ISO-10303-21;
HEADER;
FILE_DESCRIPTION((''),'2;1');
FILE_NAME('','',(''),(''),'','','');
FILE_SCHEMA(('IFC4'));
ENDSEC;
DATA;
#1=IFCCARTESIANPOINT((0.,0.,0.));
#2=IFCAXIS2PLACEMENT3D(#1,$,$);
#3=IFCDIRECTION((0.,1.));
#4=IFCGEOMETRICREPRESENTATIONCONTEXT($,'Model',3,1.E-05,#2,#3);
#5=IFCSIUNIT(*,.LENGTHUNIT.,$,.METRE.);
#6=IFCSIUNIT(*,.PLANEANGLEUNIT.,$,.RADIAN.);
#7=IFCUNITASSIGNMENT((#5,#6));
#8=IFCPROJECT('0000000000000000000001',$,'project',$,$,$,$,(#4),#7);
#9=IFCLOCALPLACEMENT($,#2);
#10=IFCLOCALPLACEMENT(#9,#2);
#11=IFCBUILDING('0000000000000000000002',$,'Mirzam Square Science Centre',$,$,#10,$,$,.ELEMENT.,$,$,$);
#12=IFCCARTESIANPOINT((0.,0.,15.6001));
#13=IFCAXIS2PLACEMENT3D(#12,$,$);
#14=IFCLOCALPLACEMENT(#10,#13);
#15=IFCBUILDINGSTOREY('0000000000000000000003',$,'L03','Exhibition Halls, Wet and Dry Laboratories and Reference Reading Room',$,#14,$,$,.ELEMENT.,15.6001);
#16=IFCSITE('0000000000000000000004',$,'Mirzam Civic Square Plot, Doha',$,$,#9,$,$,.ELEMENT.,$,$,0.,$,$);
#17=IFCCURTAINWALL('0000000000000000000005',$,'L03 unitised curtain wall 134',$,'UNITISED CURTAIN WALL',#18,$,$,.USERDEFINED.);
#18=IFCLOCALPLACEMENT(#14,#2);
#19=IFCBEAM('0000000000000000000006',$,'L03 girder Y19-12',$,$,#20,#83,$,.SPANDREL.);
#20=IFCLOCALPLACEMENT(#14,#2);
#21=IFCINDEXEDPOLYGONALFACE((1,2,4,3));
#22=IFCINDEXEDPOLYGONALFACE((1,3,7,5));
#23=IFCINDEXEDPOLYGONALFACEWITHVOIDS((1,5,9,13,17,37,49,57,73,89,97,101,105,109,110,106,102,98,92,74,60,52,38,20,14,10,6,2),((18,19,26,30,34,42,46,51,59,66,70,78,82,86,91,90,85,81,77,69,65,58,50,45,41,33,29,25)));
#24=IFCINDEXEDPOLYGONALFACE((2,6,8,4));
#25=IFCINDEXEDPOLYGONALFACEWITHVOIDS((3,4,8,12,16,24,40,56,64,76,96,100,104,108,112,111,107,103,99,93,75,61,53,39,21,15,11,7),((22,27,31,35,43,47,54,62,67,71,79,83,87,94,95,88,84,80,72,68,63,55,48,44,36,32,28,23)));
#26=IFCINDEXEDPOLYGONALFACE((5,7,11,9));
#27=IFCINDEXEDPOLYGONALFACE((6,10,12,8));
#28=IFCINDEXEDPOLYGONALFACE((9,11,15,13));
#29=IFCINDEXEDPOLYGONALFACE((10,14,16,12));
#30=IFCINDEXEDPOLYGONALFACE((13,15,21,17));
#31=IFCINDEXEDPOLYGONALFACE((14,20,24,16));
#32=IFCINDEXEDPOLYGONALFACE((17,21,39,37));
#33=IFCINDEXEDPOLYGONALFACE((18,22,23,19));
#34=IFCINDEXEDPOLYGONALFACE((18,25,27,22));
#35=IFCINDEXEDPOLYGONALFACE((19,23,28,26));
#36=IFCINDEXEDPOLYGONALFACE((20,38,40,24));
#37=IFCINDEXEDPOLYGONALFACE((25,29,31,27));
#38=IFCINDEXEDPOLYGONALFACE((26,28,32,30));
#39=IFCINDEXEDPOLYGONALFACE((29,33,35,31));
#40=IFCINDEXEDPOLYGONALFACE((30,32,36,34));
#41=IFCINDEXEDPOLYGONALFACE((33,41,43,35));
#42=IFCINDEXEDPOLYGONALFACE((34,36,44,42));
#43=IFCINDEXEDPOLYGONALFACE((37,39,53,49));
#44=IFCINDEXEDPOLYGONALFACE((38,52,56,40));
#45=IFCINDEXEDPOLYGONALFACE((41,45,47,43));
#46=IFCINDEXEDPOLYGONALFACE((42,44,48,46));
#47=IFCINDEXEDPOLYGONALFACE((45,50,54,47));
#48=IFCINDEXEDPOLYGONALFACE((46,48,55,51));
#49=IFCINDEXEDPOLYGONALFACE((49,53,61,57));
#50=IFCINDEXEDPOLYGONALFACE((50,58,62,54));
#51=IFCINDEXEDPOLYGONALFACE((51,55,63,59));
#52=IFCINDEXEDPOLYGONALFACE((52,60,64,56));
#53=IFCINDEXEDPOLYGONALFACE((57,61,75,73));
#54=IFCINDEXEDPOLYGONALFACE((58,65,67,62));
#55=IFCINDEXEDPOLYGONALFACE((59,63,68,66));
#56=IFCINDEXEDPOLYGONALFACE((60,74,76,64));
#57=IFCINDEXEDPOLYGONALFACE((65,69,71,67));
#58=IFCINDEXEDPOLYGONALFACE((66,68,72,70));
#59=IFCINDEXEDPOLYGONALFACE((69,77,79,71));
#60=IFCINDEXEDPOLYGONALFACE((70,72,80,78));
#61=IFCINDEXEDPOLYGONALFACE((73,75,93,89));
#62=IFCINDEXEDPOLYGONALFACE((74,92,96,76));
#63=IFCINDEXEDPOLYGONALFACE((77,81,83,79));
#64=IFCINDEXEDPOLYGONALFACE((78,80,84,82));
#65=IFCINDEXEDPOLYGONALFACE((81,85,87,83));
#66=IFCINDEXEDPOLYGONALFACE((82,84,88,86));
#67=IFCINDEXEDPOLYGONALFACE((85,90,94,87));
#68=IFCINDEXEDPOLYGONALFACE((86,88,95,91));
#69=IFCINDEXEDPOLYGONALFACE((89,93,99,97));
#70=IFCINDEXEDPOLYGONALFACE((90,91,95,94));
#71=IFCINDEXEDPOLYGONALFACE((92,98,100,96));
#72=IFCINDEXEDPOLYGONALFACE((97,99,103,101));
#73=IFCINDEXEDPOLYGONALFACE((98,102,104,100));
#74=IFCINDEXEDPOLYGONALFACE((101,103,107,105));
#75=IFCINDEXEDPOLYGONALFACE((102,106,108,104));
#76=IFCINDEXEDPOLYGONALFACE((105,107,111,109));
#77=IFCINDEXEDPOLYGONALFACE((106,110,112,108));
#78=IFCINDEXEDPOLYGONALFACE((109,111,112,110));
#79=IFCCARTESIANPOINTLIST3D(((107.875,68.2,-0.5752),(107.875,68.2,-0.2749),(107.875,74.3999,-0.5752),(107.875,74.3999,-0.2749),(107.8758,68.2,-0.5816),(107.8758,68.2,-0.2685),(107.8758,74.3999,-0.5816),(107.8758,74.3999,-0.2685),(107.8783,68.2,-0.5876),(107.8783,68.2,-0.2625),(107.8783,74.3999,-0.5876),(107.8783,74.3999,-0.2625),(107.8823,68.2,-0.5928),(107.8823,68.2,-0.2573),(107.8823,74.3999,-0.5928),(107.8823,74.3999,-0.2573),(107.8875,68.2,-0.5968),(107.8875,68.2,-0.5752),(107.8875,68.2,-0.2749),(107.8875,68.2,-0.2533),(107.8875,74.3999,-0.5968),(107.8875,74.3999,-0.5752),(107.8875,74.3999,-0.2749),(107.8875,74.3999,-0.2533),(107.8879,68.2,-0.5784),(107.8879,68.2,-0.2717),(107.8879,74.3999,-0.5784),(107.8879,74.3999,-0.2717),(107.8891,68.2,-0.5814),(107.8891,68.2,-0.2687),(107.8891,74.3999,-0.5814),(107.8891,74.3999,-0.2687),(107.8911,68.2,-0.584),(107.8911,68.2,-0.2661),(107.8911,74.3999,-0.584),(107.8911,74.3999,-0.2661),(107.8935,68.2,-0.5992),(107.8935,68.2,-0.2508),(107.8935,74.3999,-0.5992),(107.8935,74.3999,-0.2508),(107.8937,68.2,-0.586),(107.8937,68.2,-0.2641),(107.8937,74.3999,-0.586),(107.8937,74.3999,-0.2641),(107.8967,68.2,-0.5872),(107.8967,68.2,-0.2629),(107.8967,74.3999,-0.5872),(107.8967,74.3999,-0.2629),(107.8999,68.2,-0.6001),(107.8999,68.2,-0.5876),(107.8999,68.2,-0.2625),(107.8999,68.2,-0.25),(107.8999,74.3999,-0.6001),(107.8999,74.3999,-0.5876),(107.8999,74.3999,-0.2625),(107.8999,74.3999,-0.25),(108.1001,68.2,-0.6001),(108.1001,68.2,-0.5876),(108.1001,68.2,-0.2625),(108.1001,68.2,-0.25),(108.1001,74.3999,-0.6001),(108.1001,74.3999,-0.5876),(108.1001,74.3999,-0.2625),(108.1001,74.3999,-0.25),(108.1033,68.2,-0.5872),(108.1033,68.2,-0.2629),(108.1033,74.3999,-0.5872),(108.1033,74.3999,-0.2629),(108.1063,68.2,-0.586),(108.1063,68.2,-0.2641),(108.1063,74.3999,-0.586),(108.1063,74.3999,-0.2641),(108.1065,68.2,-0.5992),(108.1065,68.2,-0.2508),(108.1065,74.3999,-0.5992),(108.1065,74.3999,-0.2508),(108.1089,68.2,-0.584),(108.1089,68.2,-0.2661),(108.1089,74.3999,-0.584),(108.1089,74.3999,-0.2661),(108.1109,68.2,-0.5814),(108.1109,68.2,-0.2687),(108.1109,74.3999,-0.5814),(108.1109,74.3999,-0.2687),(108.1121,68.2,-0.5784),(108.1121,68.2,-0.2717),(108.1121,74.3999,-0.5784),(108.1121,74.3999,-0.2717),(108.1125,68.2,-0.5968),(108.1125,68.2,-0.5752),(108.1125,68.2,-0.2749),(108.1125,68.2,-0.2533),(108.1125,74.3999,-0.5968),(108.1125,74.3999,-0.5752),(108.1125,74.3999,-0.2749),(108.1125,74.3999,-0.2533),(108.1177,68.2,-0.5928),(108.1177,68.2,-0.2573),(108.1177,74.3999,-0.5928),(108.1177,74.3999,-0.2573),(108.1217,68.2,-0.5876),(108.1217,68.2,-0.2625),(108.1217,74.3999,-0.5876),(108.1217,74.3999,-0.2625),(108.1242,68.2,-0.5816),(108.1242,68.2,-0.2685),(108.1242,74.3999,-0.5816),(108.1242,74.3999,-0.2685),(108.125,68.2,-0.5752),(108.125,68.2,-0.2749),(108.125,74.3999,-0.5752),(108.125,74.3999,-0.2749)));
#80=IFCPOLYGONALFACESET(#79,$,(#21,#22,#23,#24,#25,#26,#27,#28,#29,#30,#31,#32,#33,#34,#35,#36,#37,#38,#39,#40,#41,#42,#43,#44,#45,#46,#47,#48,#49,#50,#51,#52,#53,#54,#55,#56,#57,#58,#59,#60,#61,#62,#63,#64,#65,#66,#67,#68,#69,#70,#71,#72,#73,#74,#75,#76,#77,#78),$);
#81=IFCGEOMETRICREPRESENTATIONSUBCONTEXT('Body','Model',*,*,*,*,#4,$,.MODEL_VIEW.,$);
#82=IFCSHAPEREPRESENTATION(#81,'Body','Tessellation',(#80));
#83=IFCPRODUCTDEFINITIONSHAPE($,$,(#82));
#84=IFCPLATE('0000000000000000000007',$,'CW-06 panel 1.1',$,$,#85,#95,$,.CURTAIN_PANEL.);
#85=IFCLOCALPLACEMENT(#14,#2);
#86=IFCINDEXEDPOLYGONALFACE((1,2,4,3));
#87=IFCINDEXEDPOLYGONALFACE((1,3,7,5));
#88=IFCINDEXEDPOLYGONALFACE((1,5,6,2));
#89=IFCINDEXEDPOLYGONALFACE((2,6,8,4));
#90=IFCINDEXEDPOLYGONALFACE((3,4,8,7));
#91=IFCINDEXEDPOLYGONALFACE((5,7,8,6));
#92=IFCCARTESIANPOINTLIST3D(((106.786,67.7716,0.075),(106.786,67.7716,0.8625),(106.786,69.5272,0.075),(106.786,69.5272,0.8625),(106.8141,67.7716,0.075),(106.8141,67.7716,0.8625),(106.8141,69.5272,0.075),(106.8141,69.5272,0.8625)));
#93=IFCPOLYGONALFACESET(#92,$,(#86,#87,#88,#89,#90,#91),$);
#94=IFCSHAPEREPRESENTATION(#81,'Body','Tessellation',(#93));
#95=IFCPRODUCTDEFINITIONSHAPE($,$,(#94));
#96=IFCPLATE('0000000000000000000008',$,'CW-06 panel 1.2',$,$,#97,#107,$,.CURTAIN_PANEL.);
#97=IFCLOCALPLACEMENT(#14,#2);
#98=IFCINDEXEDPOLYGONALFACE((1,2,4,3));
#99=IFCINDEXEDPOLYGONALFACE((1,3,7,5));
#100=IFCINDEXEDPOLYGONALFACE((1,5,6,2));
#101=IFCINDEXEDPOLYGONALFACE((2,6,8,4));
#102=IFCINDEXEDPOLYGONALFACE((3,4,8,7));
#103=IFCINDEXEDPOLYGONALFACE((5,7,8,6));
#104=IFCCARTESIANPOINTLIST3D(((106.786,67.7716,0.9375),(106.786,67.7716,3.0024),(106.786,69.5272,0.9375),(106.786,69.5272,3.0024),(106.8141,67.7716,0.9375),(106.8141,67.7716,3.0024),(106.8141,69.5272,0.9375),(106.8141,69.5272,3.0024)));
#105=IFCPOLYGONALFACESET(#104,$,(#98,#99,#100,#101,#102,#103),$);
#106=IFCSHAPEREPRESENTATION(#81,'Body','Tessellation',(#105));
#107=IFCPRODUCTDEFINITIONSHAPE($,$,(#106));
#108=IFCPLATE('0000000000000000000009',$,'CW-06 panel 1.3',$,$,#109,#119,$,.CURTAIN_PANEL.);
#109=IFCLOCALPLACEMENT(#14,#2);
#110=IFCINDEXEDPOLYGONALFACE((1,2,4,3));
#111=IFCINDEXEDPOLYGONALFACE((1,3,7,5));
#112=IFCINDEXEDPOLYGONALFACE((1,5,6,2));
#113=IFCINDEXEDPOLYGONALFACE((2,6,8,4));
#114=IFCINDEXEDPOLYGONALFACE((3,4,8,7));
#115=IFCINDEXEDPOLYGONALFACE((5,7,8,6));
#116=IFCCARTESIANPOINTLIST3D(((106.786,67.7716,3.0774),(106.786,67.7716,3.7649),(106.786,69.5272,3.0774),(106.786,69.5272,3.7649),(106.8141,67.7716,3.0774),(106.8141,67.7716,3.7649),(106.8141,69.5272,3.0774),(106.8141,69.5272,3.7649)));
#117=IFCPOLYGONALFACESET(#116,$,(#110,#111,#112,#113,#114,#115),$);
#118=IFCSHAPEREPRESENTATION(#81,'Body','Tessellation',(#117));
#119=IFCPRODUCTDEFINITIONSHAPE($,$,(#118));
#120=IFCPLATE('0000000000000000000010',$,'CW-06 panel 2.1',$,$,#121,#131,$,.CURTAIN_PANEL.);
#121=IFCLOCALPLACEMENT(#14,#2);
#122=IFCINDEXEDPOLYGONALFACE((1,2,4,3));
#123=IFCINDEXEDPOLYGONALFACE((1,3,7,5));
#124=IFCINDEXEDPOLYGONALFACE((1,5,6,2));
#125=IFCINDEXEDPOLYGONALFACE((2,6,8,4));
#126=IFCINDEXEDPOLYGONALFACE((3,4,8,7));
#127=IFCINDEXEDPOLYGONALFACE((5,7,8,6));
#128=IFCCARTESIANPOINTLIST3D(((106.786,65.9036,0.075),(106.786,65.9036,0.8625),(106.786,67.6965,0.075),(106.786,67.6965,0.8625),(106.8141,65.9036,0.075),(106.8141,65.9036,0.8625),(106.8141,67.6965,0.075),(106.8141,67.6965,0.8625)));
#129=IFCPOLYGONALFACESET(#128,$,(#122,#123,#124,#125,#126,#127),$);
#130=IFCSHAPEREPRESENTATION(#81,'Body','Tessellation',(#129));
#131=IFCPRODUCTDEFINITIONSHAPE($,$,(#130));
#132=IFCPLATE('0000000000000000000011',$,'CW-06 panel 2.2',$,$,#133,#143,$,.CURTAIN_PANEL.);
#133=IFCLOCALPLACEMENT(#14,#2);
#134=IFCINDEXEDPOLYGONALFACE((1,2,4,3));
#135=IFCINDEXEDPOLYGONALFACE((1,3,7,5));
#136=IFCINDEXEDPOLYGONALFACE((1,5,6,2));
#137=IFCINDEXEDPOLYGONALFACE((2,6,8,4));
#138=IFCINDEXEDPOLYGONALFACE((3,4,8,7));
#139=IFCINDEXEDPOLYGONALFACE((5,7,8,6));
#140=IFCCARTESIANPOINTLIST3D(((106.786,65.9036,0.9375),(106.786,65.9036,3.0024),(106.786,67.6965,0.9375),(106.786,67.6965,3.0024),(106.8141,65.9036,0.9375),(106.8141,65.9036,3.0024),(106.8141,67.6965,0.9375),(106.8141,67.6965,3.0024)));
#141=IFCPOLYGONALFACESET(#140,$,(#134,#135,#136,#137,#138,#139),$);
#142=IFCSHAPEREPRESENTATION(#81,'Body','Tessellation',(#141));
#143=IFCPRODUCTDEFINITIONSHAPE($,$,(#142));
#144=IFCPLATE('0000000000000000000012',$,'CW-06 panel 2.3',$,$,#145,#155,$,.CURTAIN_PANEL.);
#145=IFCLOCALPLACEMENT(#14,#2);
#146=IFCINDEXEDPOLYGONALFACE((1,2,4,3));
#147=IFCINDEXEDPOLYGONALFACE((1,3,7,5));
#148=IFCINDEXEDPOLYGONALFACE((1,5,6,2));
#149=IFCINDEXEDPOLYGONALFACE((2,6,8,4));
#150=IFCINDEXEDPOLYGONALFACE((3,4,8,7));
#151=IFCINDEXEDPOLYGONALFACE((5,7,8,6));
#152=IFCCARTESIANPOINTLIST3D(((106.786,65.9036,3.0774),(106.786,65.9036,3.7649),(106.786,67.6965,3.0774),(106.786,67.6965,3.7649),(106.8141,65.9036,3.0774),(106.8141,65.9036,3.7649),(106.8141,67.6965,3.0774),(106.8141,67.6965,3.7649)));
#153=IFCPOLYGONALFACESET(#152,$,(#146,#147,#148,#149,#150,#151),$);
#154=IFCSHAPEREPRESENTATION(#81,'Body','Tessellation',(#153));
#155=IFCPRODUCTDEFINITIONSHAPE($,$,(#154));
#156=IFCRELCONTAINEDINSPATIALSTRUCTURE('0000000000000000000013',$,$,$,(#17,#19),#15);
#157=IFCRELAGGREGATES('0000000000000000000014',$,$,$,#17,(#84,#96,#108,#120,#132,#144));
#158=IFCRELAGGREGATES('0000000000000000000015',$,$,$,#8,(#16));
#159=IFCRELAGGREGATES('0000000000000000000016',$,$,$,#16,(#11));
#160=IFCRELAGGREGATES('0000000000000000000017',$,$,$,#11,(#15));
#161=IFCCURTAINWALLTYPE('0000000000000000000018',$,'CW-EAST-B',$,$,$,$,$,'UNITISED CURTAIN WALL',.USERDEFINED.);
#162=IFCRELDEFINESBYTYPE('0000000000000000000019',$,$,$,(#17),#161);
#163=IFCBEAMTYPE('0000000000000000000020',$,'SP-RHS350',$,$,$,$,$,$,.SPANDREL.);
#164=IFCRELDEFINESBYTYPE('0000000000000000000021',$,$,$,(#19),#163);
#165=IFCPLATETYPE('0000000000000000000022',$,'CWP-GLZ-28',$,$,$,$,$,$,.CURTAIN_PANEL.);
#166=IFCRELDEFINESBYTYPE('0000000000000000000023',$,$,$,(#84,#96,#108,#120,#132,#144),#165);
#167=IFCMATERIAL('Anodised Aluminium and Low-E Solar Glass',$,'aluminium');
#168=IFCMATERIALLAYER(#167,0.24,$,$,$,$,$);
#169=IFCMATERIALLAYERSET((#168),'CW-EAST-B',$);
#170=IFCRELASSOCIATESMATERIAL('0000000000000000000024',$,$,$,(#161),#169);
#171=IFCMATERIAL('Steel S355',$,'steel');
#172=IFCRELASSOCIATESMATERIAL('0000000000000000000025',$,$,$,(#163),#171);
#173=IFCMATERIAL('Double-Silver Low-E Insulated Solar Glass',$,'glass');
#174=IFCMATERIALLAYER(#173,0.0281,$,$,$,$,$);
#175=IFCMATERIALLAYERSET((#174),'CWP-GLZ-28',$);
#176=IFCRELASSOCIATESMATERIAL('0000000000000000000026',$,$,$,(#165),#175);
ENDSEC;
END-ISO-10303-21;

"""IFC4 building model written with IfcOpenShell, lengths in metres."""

from ifc_helpers import new_model, si_unit, direction, frame, origin, origin_2d, place, context, subcontext, project, spatial, rectangle, hollow_rectangle, extrude, material, layer, layer_set, material_profile, profile_set, type_object, element, aggregate, save


model = new_model("IFC4")

# Units and contexts
model_context = context("Model", 3, precision=1e-05, world=origin(), true_north=direction((0.0, 1.0)))
body_context = subcontext(model_context, "Body", "Model", "MODEL_VIEW")
ifc_project = project(units=[si_unit("LENGTHUNIT", "METRE"), si_unit("PLANEANGLEUNIT", "RADIAN")], contexts=[model_context])

# Site, building, storey
site_placement = place(None, origin())
site = spatial("IfcSite", under=ifc_project, at=site_placement, Name="Mirzam Civic Square Plot, Doha", CompositionType="ELEMENT", RefElevation=0.0)
building_placement = place(site_placement, origin())
building = spatial("IfcBuilding", under=site, at=building_placement, Name="Mirzam Square Science Centre", CompositionType="ELEMENT")
storey_placement = place(building_placement, frame((0.0, 0.0, 15.6001)))
storey = spatial("IfcBuildingStorey", under=building, at=storey_placement, Name="L03", Description="Exhibition Halls, Wet and Dry Laboratories and Reference Reading Room", CompositionType="ELEMENT", Elevation=15.6001)

# Shared definitions
ifc_material_1 = material(Name="Steel S355", Category="steel")

# Curtain wall
ifc_material_2 = material(Name="Anodised Aluminium and Low-E Solar Glass", Category="aluminium")
ifc_layer_1 = layer(ifc_material_2, 0.24)
ifc_layer_set_1 = layer_set([ifc_layer_1], Name="CW-EAST-B")
curtain_wall_type = type_object("IfcCurtainWallType", Name="CW-EAST-B", ElementType="UNITISED CURTAIN WALL", PredefinedType="USERDEFINED", material=ifc_layer_set_1)
curtain_wall_placement = place(storey_placement, origin())
curtain_wall = element("IfcCurtainWall", 1, at=curtain_wall_placement, inside=storey, type_object=curtain_wall_type, Name="L03 unitised curtain wall 134", ObjectType="UNITISED CURTAIN WALL", PredefinedType="USERDEFINED")

# Beam
ifc_material_profile_1 = material_profile(ifc_material_1, hollow_rectangle(XDim=0.25, YDim=0.3501, WallThickness=0.0125, InnerFilletRadius=0.0125, OuterFilletRadius=0.0249, at=origin_2d()), Name="350x250x12.5RHS")
ifc_profile_set_1 = profile_set([ifc_material_profile_1], Name="Steel S355")
beam_type_1 = type_object("IfcBeamType", Name="SP-RHS350", PredefinedType="SPANDREL", material=ifc_profile_set_1)
beam_1_placement = place(storey_placement, frame((108.0, 68.2, -0.425), z_axis=(0.0, 1.0, 0.0), x_axis=(-1.0, 0.0, 0.0)))
element("IfcBeam", 2, at=beam_1_placement, inside=storey, type_object=beam_type_1, Name="L03 girder Y19-12", PredefinedType="SPANDREL", context=body_context, shape_type="SweptSolid", body=[
    extrude(hollow_rectangle(XDim=0.25, YDim=0.3501, WallThickness=0.0125, InnerFilletRadius=0.0125, OuterFilletRadius=0.0249, at=origin_2d()), origin(), (0.0, 0.0, 1.0), 6.2),
])

# Plates
ifc_material_3 = material(Name="Double-Silver Low-E Insulated Solar Glass", Category="glass")
ifc_layer_2 = layer(ifc_material_3, 0.0281)
ifc_layer_set_2 = layer_set([ifc_layer_2], Name="CWP-GLZ-28")
plate_type = type_object("IfcPlateType", Name="CWP-GLZ-28", PredefinedType="CURTAIN_PANEL", material=ifc_layer_set_2)
plate_1_placement = place(storey_placement, frame((106.8, 68.6494, 0.075), z_axis=(0.0, 0.0, 1.0), x_axis=(0.0, -1.0, 0.0)))
plate_1 = element("IfcPlate", 3, at=plate_1_placement, type_object=plate_type, Name="CW-06 panel 1.1", PredefinedType="CURTAIN_PANEL", context=body_context, shape_type="SweptSolid", body=[
    extrude(rectangle(XDim=1.7556, YDim=0.0281, at=origin_2d()), origin(), (0.0, 0.0, 1.0), 0.7876),
])
plate_2_placement = place(storey_placement, frame((106.8, 68.6494, 0.9375), z_axis=(0.0, 0.0, 1.0), x_axis=(0.0, -1.0, 0.0)))
plate_2 = element("IfcPlate", 4, at=plate_2_placement, type_object=plate_type, Name="CW-06 panel 1.2", PredefinedType="CURTAIN_PANEL", context=body_context, shape_type="SweptSolid", body=[
    extrude(rectangle(XDim=1.7556, YDim=0.0281, at=origin_2d()), origin(), (0.0, 0.0, 1.0), 2.0649),
])
plate_3_placement = place(storey_placement, frame((106.8, 68.6494, 3.0774), z_axis=(0.0, 0.0, 1.0), x_axis=(0.0, -1.0, 0.0)))
plate_3 = element("IfcPlate", 5, at=plate_3_placement, type_object=plate_type, Name="CW-06 panel 1.3", PredefinedType="CURTAIN_PANEL", context=body_context, shape_type="SweptSolid", body=[
    extrude(rectangle(XDim=1.7556, YDim=0.0281, at=origin_2d()), origin(), (0.0, 0.0, 1.0), 0.6875),
])
plate_4_placement = place(storey_placement, frame((106.8, 66.8, 0.075), z_axis=(0.0, 0.0, 1.0), x_axis=(0.0, -1.0, 0.0)))
plate_4 = element("IfcPlate", 6, at=plate_4_placement, type_object=plate_type, Name="CW-06 panel 2.1", PredefinedType="CURTAIN_PANEL", context=body_context, shape_type="SweptSolid", body=[
    extrude(rectangle(XDim=1.793, YDim=0.0281, at=origin_2d()), origin(), (0.0, 0.0, 1.0), 0.7876),
])
plate_5_placement = place(storey_placement, frame((106.8, 66.8, 0.9375), z_axis=(0.0, 0.0, 1.0), x_axis=(0.0, -1.0, 0.0)))
plate_5 = element("IfcPlate", 7, at=plate_5_placement, type_object=plate_type, Name="CW-06 panel 2.2", PredefinedType="CURTAIN_PANEL", context=body_context, shape_type="SweptSolid", body=[
    extrude(rectangle(XDim=1.793, YDim=0.0281, at=origin_2d()), origin(), (0.0, 0.0, 1.0), 2.0649),
])
plate_6_placement = place(storey_placement, frame((106.8, 66.8, 3.0774), z_axis=(0.0, 0.0, 1.0), x_axis=(0.0, -1.0, 0.0)))
plate_6 = element("IfcPlate", 8, at=plate_6_placement, type_object=plate_type, Name="CW-06 panel 2.3", PredefinedType="CURTAIN_PANEL", context=body_context, shape_type="SweptSolid", body=[
    extrude(rectangle(XDim=1.793, YDim=0.0281, at=origin_2d()), origin(), (0.0, 0.0, 1.0), 0.6875),
])
aggregate(curtain_wall, [plate_1, plate_2, plate_3, plate_4, plate_5, plate_6])

save(model, "model.ifc")
